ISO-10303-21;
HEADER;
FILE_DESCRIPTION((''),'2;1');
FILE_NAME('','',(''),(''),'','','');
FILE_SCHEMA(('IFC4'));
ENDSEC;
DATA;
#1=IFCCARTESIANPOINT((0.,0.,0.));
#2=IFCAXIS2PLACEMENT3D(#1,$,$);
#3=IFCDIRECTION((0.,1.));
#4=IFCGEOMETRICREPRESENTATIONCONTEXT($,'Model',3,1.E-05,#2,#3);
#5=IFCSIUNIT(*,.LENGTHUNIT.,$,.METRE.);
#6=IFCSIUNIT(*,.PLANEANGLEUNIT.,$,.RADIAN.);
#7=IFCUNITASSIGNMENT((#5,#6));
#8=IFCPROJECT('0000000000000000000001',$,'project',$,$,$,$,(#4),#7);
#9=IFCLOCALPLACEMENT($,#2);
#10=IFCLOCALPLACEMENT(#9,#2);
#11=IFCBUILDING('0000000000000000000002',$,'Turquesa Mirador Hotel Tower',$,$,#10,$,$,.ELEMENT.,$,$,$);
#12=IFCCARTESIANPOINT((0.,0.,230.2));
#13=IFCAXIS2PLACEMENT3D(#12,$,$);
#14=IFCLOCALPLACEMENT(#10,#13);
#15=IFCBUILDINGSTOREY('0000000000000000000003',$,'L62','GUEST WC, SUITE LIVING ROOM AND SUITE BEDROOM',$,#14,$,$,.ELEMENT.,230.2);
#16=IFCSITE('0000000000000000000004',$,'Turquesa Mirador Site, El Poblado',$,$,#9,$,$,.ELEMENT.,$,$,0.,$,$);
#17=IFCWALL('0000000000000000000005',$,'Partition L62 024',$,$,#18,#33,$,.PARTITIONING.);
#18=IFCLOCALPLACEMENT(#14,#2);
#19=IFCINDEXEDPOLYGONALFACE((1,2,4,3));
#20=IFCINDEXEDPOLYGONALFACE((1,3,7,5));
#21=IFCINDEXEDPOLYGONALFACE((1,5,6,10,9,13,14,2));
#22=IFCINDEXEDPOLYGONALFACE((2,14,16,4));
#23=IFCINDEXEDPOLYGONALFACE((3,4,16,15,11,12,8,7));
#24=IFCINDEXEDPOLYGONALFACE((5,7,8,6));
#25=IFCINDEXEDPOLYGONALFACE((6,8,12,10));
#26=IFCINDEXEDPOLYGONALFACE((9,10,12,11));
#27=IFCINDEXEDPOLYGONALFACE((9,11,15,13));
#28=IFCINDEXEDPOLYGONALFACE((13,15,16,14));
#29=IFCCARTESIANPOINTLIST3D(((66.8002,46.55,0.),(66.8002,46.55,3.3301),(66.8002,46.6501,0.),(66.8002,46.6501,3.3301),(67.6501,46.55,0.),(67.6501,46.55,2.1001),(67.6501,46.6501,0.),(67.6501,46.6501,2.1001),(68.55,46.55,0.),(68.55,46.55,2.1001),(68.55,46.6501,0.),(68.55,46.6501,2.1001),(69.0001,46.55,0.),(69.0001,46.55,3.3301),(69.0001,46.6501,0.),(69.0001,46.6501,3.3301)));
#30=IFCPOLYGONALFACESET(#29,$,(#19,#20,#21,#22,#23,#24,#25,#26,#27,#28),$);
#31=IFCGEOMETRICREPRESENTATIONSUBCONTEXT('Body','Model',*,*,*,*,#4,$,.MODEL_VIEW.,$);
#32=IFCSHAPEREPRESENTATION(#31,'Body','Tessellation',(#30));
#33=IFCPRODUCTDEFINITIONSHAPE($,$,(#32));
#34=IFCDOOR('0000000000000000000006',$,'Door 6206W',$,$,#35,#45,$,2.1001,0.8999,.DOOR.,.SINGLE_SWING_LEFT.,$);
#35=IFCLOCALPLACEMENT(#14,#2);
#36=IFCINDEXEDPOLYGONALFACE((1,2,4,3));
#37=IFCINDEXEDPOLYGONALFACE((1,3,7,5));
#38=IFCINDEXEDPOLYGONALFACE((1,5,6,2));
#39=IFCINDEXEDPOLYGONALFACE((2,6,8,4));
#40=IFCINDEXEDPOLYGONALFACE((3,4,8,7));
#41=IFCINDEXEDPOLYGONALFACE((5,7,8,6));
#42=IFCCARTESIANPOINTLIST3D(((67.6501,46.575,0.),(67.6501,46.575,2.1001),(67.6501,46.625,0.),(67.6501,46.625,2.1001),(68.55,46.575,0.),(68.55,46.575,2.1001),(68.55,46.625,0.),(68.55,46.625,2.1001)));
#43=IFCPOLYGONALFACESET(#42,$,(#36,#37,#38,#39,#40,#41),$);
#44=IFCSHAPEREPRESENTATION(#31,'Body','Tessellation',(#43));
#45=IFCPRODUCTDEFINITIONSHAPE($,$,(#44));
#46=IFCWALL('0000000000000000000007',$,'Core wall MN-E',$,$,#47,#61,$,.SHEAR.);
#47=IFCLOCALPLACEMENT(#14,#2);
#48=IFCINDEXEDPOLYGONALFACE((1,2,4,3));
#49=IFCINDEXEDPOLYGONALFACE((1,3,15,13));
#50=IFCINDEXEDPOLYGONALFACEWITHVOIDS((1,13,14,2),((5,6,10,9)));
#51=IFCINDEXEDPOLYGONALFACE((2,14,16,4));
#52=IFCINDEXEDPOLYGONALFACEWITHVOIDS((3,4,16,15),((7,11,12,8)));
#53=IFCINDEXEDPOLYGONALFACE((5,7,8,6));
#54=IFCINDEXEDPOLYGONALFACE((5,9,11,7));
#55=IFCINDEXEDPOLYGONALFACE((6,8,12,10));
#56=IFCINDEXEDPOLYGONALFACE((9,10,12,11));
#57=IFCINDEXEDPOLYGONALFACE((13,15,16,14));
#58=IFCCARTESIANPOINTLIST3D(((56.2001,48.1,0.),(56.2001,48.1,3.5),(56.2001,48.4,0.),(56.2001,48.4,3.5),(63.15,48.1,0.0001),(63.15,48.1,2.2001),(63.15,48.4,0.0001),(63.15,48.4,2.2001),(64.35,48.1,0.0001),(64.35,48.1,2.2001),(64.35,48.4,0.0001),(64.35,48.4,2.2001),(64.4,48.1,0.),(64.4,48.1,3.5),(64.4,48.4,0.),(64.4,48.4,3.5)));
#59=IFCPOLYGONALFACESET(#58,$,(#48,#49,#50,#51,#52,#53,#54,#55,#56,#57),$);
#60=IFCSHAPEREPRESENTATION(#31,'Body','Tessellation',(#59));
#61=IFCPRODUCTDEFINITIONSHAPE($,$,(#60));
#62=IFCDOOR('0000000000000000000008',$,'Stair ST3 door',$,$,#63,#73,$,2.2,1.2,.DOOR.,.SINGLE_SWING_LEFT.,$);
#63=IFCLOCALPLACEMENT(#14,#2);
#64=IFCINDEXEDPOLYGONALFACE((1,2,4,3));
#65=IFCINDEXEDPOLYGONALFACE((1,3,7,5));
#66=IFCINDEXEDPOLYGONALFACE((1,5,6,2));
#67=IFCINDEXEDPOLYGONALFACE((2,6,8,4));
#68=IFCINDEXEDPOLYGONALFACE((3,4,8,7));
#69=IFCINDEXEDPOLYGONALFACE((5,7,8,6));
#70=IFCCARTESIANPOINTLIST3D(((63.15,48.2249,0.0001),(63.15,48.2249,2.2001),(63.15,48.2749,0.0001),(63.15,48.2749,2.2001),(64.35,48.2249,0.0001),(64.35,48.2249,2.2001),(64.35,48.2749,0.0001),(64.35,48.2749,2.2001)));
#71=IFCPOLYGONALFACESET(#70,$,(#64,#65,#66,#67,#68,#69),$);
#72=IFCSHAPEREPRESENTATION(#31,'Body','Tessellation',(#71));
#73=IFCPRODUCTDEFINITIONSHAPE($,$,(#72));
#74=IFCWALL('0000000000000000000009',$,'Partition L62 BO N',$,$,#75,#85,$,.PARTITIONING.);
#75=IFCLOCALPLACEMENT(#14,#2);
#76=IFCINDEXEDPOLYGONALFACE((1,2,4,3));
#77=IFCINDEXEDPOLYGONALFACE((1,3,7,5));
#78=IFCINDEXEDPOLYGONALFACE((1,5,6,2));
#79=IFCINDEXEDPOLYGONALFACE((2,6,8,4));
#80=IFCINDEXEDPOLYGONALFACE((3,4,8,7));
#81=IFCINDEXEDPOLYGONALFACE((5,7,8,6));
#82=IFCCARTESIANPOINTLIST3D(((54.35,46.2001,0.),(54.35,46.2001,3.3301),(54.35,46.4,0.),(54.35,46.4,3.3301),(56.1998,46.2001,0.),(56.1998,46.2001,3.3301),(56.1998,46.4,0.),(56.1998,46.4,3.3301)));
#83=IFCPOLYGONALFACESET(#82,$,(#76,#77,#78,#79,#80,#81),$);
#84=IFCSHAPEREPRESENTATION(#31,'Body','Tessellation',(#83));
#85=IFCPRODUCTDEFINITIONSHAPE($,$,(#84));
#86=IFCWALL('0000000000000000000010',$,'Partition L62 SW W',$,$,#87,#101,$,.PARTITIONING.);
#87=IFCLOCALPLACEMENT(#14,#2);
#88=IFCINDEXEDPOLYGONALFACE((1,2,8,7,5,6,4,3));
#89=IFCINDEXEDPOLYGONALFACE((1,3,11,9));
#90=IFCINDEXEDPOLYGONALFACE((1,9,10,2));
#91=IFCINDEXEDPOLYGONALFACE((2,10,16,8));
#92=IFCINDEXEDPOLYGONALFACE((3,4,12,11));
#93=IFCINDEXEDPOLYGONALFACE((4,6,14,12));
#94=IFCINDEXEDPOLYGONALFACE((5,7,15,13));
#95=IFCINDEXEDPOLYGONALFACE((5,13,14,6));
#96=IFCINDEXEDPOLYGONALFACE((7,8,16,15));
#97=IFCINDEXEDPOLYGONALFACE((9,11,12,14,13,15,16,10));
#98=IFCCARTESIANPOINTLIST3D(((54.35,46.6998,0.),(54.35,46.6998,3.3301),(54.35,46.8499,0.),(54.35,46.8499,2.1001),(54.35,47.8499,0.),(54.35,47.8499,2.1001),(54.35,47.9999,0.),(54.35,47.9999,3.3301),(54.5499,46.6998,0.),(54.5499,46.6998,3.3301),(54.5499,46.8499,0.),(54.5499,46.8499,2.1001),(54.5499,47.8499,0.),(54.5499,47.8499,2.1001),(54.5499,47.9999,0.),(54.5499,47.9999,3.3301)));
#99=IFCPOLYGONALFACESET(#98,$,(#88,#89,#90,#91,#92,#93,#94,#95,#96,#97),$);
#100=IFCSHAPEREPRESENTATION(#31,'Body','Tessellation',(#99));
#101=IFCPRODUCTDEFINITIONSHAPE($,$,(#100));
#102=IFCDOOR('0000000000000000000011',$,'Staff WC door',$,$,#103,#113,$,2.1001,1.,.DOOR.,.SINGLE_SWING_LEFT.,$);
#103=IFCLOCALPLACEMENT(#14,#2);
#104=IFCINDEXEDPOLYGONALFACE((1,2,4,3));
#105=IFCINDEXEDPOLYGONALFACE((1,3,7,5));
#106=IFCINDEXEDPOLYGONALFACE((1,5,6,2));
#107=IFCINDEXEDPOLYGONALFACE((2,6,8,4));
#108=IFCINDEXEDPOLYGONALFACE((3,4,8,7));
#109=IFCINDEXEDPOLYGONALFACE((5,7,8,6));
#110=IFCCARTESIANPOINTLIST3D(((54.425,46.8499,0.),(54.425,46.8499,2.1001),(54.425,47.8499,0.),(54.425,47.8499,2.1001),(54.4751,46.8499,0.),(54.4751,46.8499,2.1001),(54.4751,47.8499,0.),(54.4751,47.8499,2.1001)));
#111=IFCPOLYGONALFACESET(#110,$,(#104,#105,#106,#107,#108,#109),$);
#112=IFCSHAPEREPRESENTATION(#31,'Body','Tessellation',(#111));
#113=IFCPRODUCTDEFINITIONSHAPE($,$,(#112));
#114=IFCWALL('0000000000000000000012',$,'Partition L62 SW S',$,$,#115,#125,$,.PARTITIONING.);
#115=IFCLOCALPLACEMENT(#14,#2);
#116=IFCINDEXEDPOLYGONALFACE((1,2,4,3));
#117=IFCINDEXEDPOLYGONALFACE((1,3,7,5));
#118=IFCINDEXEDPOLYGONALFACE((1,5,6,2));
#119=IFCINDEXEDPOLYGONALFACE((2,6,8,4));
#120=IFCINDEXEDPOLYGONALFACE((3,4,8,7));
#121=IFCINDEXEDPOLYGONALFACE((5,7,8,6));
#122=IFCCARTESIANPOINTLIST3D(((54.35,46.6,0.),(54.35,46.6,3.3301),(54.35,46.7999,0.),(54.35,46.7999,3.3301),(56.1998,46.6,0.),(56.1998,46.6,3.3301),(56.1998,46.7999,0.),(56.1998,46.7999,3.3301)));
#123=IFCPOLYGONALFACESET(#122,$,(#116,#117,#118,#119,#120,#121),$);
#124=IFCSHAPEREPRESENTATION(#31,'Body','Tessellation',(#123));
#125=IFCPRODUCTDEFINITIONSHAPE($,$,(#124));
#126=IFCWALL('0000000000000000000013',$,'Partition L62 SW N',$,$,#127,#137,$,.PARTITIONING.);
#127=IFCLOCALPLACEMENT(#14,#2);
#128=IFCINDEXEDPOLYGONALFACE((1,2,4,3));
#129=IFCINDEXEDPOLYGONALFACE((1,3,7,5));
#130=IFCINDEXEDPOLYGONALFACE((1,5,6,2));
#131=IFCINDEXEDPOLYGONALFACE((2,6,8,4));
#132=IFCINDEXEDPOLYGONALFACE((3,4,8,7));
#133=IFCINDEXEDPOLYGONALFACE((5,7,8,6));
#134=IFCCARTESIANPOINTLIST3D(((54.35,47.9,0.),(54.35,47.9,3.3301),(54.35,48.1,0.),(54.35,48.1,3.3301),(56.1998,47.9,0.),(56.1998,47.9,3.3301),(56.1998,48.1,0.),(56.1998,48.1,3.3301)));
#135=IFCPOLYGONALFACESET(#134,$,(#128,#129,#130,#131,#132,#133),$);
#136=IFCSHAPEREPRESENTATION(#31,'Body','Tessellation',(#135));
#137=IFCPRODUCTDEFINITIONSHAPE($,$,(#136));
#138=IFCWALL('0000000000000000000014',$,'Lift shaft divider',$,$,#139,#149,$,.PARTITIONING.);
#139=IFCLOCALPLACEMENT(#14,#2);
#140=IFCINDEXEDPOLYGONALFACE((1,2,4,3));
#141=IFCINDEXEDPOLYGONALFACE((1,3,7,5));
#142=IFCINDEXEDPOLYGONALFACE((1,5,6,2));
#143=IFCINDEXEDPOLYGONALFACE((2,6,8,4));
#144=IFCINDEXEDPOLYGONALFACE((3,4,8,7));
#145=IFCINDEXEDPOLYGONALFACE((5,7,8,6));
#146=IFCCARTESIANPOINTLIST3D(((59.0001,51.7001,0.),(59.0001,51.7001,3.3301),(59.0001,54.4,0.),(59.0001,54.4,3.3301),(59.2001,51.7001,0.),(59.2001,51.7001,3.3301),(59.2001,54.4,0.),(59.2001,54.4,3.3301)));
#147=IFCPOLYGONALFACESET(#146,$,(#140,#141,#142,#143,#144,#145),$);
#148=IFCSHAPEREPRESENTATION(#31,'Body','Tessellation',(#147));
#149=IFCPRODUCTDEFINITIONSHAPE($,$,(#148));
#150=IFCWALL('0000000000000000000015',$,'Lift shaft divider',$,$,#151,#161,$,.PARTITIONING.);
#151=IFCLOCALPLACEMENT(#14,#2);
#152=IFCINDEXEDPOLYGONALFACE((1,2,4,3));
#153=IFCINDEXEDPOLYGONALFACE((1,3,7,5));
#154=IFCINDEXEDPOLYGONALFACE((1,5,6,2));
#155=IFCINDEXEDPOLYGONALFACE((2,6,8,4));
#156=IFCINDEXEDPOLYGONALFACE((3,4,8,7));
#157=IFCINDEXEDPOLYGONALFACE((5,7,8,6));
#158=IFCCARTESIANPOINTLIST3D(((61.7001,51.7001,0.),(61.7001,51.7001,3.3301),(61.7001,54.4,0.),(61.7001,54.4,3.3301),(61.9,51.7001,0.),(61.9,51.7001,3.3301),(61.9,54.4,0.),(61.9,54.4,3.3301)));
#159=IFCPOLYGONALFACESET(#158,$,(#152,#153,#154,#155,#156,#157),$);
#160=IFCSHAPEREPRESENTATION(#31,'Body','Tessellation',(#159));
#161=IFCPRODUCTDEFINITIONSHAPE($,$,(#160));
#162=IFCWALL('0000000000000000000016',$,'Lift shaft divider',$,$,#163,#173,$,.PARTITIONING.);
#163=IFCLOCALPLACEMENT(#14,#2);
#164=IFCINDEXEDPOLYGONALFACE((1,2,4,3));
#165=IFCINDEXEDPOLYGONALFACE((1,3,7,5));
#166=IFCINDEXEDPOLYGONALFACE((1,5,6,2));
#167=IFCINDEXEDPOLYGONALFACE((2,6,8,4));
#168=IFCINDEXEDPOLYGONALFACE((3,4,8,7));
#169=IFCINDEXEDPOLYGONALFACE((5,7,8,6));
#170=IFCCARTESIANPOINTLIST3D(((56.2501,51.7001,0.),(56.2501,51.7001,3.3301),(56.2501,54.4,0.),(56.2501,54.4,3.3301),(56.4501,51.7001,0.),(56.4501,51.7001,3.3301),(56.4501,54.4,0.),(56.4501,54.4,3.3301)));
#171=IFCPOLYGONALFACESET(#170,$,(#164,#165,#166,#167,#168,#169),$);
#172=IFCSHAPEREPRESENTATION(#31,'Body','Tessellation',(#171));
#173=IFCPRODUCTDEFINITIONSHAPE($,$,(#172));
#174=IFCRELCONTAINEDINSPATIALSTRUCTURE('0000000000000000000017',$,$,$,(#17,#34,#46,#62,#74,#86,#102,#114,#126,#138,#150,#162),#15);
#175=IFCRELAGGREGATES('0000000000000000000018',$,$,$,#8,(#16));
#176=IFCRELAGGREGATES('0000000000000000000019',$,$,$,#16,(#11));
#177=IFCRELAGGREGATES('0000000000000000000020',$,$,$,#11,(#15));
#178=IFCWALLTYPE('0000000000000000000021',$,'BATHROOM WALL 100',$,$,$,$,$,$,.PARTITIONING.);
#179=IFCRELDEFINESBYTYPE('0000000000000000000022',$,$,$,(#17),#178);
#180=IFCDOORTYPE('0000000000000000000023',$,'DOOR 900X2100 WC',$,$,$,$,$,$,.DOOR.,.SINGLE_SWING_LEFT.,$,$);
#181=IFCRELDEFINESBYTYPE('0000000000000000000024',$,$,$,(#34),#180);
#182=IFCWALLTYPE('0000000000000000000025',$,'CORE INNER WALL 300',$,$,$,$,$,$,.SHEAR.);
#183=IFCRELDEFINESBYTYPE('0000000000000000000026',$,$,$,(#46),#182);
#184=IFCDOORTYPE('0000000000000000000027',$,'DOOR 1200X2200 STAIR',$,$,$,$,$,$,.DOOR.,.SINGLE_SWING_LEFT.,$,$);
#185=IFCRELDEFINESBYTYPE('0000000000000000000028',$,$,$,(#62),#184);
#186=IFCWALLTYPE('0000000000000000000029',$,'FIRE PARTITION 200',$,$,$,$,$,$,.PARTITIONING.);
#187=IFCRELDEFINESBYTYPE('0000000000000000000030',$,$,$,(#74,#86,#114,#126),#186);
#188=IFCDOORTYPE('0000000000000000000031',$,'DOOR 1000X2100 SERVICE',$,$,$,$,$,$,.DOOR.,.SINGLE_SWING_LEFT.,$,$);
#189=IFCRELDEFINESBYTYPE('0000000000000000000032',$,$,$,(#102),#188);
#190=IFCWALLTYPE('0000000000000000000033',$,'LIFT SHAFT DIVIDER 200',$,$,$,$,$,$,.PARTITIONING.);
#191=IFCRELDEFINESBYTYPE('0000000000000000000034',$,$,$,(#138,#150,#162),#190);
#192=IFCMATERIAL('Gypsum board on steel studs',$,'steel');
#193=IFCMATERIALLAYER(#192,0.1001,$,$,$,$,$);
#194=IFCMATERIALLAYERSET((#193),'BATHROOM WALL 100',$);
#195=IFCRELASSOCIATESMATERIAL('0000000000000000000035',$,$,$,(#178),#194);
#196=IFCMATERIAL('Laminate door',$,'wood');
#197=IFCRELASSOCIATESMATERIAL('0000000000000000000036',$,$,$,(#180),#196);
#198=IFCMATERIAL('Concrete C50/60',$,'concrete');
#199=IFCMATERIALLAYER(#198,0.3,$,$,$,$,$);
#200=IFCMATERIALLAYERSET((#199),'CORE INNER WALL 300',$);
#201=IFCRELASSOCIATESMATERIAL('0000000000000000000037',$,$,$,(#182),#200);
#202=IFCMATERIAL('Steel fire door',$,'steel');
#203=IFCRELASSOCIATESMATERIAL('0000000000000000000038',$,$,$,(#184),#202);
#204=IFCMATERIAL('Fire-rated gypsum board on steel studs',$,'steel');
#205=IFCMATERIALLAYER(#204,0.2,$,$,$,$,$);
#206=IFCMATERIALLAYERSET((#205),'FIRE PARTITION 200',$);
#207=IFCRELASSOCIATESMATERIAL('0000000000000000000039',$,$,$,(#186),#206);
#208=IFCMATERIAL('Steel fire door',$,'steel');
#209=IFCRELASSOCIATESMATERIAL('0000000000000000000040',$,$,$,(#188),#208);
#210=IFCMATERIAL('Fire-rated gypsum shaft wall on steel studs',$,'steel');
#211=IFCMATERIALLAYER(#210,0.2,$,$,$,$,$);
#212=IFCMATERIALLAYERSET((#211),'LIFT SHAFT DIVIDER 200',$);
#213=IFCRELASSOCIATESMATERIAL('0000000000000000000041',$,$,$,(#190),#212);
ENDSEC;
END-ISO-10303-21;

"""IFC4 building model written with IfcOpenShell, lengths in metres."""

from ifc_helpers import new_model, si_unit, direction, frame, frame_2d, origin, place, context, subcontext, project, spatial, rectangle, extrude, material, layer, layer_set, type_object, element, fill, save


model = new_model("IFC4")

# Units and contexts
model_context = context("Model", 3, precision=1e-05, world=origin(), true_north=direction((0.0, 1.0)))
body_context = subcontext(model_context, "Body", "Model", "MODEL_VIEW")
ifc_project = project(units=[si_unit("LENGTHUNIT", "METRE"), si_unit("PLANEANGLEUNIT", "RADIAN")], contexts=[model_context])

# Site, building, storey
site_placement = place(None, origin())
site = spatial("IfcSite", under=ifc_project, at=site_placement, Name="Turquesa Mirador Site, El Poblado", CompositionType="ELEMENT", RefElevation=0.0)
building_placement = place(site_placement, origin())
building = spatial("IfcBuilding", under=site, at=building_placement, Name="Turquesa Mirador Hotel Tower", CompositionType="ELEMENT")
storey_placement = place(building_placement, frame((0.0, 0.0, 230.2)))
storey = spatial("IfcBuildingStorey", under=building, at=storey_placement, Name="L62", Description="GUEST WC, SUITE LIVING ROOM AND SUITE BEDROOM", CompositionType="ELEMENT", Elevation=230.2)

# Walls, openings, doors
ifc_material_1 = material(Name="Gypsum board on steel studs", Category="steel")
ifc_layer_1 = layer(ifc_material_1, 0.1001)
ifc_layer_set_1 = layer_set([ifc_layer_1], Name="BATHROOM WALL 100")
wall_type_1 = type_object("IfcWallType", Name="BATHROOM WALL 100", PredefinedType="PARTITIONING", material=ifc_layer_set_1)
wall_1_placement = place(storey_placement, frame((66.8, 46.6001, 0.0), z_axis=(0.0, 0.0, 1.0), x_axis=(1.0, 0.0, 0.0)))
wall_1 = element("IfcWall", 1, at=wall_1_placement, inside=storey, type_object=wall_type_1, Name="Partition L62 024", PredefinedType="PARTITIONING", context=body_context, shape_type="SweptSolid", body=[
    extrude(rectangle(XDim=2.2, YDim=0.1001, at=frame_2d((1.1001, 0.0))), origin(), (0.0, 0.0, 1.0), 3.3301),
])
opening_1_placement = place(wall_1_placement, frame((0.8501, 0.0, 0.0)))
opening_1 = element("IfcOpeningElement", 2, at=opening_1_placement, cuts=wall_1, PredefinedType="OPENING", context=body_context, shape_type="SweptSolid", body=[
    extrude(rectangle(XDim=0.8999, YDim=2.1001, at=frame_2d((0.45, 1.05))), frame((0.0, 0.0601, 0.0), z_axis=(0.0, -1.0, 0.0), x_axis=(1.0, 0.0, 0.0)), (0.0, 0.0, 1.0), 0.1201),
])
ifc_material_2 = material(Name="Laminate door", Category="wood")
door_type_1 = type_object("IfcDoorType", Name="DOOR 900X2100 WC", OperationType="SINGLE_SWING_LEFT", PredefinedType="DOOR", material=ifc_material_2)
door_1_placement = place(opening_1_placement, origin())
door_1 = element("IfcDoor", 3, at=door_1_placement, inside=storey, type_object=door_type_1, Name="Door 6206W", OperationType="SINGLE_SWING_LEFT", OverallHeight=2.1001, OverallWidth=0.8999, PredefinedType="DOOR", context=body_context, shape_type="SweptSolid", body=[
    extrude(rectangle(XDim=0.8999, YDim=2.1001, at=frame_2d((0.45, 1.05))), frame((0.0, 0.0249, 0.0), z_axis=(0.0, -1.0, 0.0), x_axis=(1.0, 0.0, 0.0)), (0.0, 0.0, 1.0), 0.05),
])
fill(opening_1, door_1)
ifc_material_3 = material(Name="Concrete C50/60", Category="concrete")
ifc_layer_2 = layer(ifc_material_3, 0.3)
ifc_layer_set_2 = layer_set([ifc_layer_2], Name="CORE INNER WALL 300")
wall_type_2 = type_object("IfcWallType", Name="CORE INNER WALL 300", PredefinedType="SHEAR", material=ifc_layer_set_2)
wall_2_placement = place(storey_placement, frame((56.2, 48.25, 0.0), z_axis=(0.0, 0.0, 1.0), x_axis=(1.0, 0.0, 0.0)))
wall_2 = element("IfcWall", 4, at=wall_2_placement, inside=storey, type_object=wall_type_2, Name="Core wall MN-E", PredefinedType="SHEAR", context=body_context, shape_type="SweptSolid", body=[
    extrude(rectangle(XDim=8.2, YDim=0.3, at=frame_2d((4.1001, 0.0))), origin(), (0.0, 0.0, 1.0), 3.5),
])
opening_2_placement = place(wall_2_placement, frame((6.95, 0.0, 0.0)))
opening_2 = element("IfcOpeningElement", 5, at=opening_2_placement, cuts=wall_2, PredefinedType="OPENING", context=body_context, shape_type="SweptSolid", body=[
    extrude(rectangle(XDim=1.2, YDim=2.2, at=frame_2d((0.6001, 1.1001))), frame((0.0, 0.1599, 0.0), z_axis=(0.0, -1.0, 0.0), x_axis=(1.0, 0.0, 0.0)), (0.0, 0.0, 1.0), 0.3201),
])
ifc_material_4 = material(Name="Steel fire door", Category="steel")
door_type_2 = type_object("IfcDoorType", Name="DOOR 1200X2200 STAIR", OperationType="SINGLE_SWING_LEFT", PredefinedType="DOOR", material=ifc_material_4)
door_2_placement = place(opening_2_placement, origin())
door_2 = element("IfcDoor", 6, at=door_2_placement, inside=storey, type_object=door_type_2, Name="Stair ST3 door", OperationType="SINGLE_SWING_LEFT", OverallHeight=2.2, OverallWidth=1.2, PredefinedType="DOOR", context=body_context, shape_type="SweptSolid", body=[
    extrude(rectangle(XDim=1.2, YDim=2.2, at=frame_2d((0.6001, 1.1001))), frame((0.0, 0.0249, 0.0), z_axis=(0.0, -1.0, 0.0), x_axis=(1.0, 0.0, 0.0)), (0.0, 0.0, 1.0), 0.05),
])
fill(opening_2, door_2)

# Wall
ifc_material_5 = material(Name="Fire-rated gypsum board on steel studs", Category="steel")
ifc_layer_3 = layer(ifc_material_5, 0.2)
ifc_layer_set_3 = layer_set([ifc_layer_3], Name="FIRE PARTITION 200")
wall_type_3 = type_object("IfcWallType", Name="FIRE PARTITION 200", PredefinedType="PARTITIONING", material=ifc_layer_set_3)
wall_3_placement = place(storey_placement, frame((54.3501, 46.3, 0.0), z_axis=(0.0, 0.0, 1.0), x_axis=(1.0, 0.0, 0.0)))
element("IfcWall", 7, at=wall_3_placement, inside=storey, type_object=wall_type_3, Name="Partition L62 BO N", PredefinedType="PARTITIONING", context=body_context, shape_type="SweptSolid", body=[
    extrude(rectangle(XDim=1.8499, YDim=0.2, at=frame_2d((0.9248, 0.0))), origin(), (0.0, 0.0, 1.0), 3.3301),
])

# Wall, opening, door
wall_4_placement = place(storey_placement, frame((54.45, 46.7, 0.0), z_axis=(0.0, 0.0, 1.0), x_axis=(0.0, 1.0, 0.0)))
wall_4 = element("IfcWall", 8, at=wall_4_placement, inside=storey, type_object=wall_type_3, Name="Partition L62 SW W", PredefinedType="PARTITIONING", context=body_context, shape_type="SweptSolid", body=[
    extrude(rectangle(XDim=1.3, YDim=0.2, at=frame_2d((0.6499, 0.0))), origin(), (0.0, 0.0, 1.0), 3.3301),
])
opening_3_placement = place(wall_4_placement, frame((0.1499, 0.0, 0.0)))
opening_3 = element("IfcOpeningElement", 9, at=opening_3_placement, cuts=wall_4, PredefinedType="OPENING", context=body_context, shape_type="SweptSolid", body=[
    extrude(rectangle(XDim=1.0, YDim=2.1001, at=frame_2d((0.5, 1.05))), frame((0.0, 0.1099, 0.0), z_axis=(0.0, -1.0, 0.0), x_axis=(1.0, 0.0, 0.0)), (0.0, 0.0, 1.0), 0.22),
])
ifc_material_6 = material(Name="Steel fire door", Category="steel")
door_type_3 = type_object("IfcDoorType", Name="DOOR 1000X2100 SERVICE", OperationType="SINGLE_SWING_LEFT", PredefinedType="DOOR", material=ifc_material_6)
door_3_placement = place(opening_3_placement, origin())
door_3 = element("IfcDoor", 10, at=door_3_placement, inside=storey, type_object=door_type_3, Name="Staff WC door", OperationType="SINGLE_SWING_LEFT", OverallHeight=2.1001, OverallWidth=1.0, PredefinedType="DOOR", context=body_context, shape_type="SweptSolid", body=[
    extrude(rectangle(XDim=1.0, YDim=2.1001, at=frame_2d((0.5, 1.05))), frame((0.0, 0.0249, 0.0), z_axis=(0.0, -1.0, 0.0), x_axis=(1.0, 0.0, 0.0)), (0.0, 0.0, 1.0), 0.05),
])
fill(opening_3, door_3)

# Walls
for number, where, z_axis, x_axis, name in (
    (11, (54.3501, 46.7, 0.0), (0.0, 0.0, 1.0), (1.0, 0.0, 0.0), "Partition L62 SW S"),
    (12, (54.3501, 48.0, 0.0), (0.0, 0.0, 1.0), (1.0, 0.0, 0.0), "Partition L62 SW N"),
):
    element("IfcWall", number, at=place(storey_placement, frame(where, z_axis=z_axis, x_axis=x_axis)), inside=storey, type_object=wall_type_3, Name=name, PredefinedType="PARTITIONING", context=body_context, shape_type="SweptSolid", body=[
        extrude(rectangle(XDim=1.8499, YDim=0.2, at=frame_2d((0.9248, 0.0))), origin(), (0.0, 0.0, 1.0), 3.3301),
    ])
ifc_material_7 = material(Name="Fire-rated gypsum shaft wall on steel studs", Category="steel")
ifc_layer_4 = layer(ifc_material_7, 0.2)
ifc_layer_set_4 = layer_set([ifc_layer_4], Name="LIFT SHAFT DIVIDER 200")
wall_type_4 = type_object("IfcWallType", Name="LIFT SHAFT DIVIDER 200", PredefinedType="PARTITIONING", material=ifc_layer_set_4)
for number, where, z_axis, x_axis, name in (
    (13, (59.1001, 51.7, 0.0), (0.0, 0.0, 1.0), (0.0, 1.0, 0.0), "Lift shaft divider"),
    (14, (61.8, 51.7, 0.0), (0.0, 0.0, 1.0), (0.0, 1.0, 0.0), "Lift shaft divider"),
    (15, (56.3501, 51.7, 0.0), (0.0, 0.0, 1.0), (0.0, 1.0, 0.0), "Lift shaft divider"),
):
    element("IfcWall", number, at=place(storey_placement, frame(where, z_axis=z_axis, x_axis=x_axis)), inside=storey, type_object=wall_type_4, Name=name, PredefinedType="PARTITIONING", context=body_context, shape_type="SweptSolid", body=[
        extrude(rectangle(XDim=2.7, YDim=0.2, at=frame_2d((1.3501, 0.0))), origin(), (0.0, 0.0, 1.0), 3.3301),
    ])

save(model, "model.ifc")
